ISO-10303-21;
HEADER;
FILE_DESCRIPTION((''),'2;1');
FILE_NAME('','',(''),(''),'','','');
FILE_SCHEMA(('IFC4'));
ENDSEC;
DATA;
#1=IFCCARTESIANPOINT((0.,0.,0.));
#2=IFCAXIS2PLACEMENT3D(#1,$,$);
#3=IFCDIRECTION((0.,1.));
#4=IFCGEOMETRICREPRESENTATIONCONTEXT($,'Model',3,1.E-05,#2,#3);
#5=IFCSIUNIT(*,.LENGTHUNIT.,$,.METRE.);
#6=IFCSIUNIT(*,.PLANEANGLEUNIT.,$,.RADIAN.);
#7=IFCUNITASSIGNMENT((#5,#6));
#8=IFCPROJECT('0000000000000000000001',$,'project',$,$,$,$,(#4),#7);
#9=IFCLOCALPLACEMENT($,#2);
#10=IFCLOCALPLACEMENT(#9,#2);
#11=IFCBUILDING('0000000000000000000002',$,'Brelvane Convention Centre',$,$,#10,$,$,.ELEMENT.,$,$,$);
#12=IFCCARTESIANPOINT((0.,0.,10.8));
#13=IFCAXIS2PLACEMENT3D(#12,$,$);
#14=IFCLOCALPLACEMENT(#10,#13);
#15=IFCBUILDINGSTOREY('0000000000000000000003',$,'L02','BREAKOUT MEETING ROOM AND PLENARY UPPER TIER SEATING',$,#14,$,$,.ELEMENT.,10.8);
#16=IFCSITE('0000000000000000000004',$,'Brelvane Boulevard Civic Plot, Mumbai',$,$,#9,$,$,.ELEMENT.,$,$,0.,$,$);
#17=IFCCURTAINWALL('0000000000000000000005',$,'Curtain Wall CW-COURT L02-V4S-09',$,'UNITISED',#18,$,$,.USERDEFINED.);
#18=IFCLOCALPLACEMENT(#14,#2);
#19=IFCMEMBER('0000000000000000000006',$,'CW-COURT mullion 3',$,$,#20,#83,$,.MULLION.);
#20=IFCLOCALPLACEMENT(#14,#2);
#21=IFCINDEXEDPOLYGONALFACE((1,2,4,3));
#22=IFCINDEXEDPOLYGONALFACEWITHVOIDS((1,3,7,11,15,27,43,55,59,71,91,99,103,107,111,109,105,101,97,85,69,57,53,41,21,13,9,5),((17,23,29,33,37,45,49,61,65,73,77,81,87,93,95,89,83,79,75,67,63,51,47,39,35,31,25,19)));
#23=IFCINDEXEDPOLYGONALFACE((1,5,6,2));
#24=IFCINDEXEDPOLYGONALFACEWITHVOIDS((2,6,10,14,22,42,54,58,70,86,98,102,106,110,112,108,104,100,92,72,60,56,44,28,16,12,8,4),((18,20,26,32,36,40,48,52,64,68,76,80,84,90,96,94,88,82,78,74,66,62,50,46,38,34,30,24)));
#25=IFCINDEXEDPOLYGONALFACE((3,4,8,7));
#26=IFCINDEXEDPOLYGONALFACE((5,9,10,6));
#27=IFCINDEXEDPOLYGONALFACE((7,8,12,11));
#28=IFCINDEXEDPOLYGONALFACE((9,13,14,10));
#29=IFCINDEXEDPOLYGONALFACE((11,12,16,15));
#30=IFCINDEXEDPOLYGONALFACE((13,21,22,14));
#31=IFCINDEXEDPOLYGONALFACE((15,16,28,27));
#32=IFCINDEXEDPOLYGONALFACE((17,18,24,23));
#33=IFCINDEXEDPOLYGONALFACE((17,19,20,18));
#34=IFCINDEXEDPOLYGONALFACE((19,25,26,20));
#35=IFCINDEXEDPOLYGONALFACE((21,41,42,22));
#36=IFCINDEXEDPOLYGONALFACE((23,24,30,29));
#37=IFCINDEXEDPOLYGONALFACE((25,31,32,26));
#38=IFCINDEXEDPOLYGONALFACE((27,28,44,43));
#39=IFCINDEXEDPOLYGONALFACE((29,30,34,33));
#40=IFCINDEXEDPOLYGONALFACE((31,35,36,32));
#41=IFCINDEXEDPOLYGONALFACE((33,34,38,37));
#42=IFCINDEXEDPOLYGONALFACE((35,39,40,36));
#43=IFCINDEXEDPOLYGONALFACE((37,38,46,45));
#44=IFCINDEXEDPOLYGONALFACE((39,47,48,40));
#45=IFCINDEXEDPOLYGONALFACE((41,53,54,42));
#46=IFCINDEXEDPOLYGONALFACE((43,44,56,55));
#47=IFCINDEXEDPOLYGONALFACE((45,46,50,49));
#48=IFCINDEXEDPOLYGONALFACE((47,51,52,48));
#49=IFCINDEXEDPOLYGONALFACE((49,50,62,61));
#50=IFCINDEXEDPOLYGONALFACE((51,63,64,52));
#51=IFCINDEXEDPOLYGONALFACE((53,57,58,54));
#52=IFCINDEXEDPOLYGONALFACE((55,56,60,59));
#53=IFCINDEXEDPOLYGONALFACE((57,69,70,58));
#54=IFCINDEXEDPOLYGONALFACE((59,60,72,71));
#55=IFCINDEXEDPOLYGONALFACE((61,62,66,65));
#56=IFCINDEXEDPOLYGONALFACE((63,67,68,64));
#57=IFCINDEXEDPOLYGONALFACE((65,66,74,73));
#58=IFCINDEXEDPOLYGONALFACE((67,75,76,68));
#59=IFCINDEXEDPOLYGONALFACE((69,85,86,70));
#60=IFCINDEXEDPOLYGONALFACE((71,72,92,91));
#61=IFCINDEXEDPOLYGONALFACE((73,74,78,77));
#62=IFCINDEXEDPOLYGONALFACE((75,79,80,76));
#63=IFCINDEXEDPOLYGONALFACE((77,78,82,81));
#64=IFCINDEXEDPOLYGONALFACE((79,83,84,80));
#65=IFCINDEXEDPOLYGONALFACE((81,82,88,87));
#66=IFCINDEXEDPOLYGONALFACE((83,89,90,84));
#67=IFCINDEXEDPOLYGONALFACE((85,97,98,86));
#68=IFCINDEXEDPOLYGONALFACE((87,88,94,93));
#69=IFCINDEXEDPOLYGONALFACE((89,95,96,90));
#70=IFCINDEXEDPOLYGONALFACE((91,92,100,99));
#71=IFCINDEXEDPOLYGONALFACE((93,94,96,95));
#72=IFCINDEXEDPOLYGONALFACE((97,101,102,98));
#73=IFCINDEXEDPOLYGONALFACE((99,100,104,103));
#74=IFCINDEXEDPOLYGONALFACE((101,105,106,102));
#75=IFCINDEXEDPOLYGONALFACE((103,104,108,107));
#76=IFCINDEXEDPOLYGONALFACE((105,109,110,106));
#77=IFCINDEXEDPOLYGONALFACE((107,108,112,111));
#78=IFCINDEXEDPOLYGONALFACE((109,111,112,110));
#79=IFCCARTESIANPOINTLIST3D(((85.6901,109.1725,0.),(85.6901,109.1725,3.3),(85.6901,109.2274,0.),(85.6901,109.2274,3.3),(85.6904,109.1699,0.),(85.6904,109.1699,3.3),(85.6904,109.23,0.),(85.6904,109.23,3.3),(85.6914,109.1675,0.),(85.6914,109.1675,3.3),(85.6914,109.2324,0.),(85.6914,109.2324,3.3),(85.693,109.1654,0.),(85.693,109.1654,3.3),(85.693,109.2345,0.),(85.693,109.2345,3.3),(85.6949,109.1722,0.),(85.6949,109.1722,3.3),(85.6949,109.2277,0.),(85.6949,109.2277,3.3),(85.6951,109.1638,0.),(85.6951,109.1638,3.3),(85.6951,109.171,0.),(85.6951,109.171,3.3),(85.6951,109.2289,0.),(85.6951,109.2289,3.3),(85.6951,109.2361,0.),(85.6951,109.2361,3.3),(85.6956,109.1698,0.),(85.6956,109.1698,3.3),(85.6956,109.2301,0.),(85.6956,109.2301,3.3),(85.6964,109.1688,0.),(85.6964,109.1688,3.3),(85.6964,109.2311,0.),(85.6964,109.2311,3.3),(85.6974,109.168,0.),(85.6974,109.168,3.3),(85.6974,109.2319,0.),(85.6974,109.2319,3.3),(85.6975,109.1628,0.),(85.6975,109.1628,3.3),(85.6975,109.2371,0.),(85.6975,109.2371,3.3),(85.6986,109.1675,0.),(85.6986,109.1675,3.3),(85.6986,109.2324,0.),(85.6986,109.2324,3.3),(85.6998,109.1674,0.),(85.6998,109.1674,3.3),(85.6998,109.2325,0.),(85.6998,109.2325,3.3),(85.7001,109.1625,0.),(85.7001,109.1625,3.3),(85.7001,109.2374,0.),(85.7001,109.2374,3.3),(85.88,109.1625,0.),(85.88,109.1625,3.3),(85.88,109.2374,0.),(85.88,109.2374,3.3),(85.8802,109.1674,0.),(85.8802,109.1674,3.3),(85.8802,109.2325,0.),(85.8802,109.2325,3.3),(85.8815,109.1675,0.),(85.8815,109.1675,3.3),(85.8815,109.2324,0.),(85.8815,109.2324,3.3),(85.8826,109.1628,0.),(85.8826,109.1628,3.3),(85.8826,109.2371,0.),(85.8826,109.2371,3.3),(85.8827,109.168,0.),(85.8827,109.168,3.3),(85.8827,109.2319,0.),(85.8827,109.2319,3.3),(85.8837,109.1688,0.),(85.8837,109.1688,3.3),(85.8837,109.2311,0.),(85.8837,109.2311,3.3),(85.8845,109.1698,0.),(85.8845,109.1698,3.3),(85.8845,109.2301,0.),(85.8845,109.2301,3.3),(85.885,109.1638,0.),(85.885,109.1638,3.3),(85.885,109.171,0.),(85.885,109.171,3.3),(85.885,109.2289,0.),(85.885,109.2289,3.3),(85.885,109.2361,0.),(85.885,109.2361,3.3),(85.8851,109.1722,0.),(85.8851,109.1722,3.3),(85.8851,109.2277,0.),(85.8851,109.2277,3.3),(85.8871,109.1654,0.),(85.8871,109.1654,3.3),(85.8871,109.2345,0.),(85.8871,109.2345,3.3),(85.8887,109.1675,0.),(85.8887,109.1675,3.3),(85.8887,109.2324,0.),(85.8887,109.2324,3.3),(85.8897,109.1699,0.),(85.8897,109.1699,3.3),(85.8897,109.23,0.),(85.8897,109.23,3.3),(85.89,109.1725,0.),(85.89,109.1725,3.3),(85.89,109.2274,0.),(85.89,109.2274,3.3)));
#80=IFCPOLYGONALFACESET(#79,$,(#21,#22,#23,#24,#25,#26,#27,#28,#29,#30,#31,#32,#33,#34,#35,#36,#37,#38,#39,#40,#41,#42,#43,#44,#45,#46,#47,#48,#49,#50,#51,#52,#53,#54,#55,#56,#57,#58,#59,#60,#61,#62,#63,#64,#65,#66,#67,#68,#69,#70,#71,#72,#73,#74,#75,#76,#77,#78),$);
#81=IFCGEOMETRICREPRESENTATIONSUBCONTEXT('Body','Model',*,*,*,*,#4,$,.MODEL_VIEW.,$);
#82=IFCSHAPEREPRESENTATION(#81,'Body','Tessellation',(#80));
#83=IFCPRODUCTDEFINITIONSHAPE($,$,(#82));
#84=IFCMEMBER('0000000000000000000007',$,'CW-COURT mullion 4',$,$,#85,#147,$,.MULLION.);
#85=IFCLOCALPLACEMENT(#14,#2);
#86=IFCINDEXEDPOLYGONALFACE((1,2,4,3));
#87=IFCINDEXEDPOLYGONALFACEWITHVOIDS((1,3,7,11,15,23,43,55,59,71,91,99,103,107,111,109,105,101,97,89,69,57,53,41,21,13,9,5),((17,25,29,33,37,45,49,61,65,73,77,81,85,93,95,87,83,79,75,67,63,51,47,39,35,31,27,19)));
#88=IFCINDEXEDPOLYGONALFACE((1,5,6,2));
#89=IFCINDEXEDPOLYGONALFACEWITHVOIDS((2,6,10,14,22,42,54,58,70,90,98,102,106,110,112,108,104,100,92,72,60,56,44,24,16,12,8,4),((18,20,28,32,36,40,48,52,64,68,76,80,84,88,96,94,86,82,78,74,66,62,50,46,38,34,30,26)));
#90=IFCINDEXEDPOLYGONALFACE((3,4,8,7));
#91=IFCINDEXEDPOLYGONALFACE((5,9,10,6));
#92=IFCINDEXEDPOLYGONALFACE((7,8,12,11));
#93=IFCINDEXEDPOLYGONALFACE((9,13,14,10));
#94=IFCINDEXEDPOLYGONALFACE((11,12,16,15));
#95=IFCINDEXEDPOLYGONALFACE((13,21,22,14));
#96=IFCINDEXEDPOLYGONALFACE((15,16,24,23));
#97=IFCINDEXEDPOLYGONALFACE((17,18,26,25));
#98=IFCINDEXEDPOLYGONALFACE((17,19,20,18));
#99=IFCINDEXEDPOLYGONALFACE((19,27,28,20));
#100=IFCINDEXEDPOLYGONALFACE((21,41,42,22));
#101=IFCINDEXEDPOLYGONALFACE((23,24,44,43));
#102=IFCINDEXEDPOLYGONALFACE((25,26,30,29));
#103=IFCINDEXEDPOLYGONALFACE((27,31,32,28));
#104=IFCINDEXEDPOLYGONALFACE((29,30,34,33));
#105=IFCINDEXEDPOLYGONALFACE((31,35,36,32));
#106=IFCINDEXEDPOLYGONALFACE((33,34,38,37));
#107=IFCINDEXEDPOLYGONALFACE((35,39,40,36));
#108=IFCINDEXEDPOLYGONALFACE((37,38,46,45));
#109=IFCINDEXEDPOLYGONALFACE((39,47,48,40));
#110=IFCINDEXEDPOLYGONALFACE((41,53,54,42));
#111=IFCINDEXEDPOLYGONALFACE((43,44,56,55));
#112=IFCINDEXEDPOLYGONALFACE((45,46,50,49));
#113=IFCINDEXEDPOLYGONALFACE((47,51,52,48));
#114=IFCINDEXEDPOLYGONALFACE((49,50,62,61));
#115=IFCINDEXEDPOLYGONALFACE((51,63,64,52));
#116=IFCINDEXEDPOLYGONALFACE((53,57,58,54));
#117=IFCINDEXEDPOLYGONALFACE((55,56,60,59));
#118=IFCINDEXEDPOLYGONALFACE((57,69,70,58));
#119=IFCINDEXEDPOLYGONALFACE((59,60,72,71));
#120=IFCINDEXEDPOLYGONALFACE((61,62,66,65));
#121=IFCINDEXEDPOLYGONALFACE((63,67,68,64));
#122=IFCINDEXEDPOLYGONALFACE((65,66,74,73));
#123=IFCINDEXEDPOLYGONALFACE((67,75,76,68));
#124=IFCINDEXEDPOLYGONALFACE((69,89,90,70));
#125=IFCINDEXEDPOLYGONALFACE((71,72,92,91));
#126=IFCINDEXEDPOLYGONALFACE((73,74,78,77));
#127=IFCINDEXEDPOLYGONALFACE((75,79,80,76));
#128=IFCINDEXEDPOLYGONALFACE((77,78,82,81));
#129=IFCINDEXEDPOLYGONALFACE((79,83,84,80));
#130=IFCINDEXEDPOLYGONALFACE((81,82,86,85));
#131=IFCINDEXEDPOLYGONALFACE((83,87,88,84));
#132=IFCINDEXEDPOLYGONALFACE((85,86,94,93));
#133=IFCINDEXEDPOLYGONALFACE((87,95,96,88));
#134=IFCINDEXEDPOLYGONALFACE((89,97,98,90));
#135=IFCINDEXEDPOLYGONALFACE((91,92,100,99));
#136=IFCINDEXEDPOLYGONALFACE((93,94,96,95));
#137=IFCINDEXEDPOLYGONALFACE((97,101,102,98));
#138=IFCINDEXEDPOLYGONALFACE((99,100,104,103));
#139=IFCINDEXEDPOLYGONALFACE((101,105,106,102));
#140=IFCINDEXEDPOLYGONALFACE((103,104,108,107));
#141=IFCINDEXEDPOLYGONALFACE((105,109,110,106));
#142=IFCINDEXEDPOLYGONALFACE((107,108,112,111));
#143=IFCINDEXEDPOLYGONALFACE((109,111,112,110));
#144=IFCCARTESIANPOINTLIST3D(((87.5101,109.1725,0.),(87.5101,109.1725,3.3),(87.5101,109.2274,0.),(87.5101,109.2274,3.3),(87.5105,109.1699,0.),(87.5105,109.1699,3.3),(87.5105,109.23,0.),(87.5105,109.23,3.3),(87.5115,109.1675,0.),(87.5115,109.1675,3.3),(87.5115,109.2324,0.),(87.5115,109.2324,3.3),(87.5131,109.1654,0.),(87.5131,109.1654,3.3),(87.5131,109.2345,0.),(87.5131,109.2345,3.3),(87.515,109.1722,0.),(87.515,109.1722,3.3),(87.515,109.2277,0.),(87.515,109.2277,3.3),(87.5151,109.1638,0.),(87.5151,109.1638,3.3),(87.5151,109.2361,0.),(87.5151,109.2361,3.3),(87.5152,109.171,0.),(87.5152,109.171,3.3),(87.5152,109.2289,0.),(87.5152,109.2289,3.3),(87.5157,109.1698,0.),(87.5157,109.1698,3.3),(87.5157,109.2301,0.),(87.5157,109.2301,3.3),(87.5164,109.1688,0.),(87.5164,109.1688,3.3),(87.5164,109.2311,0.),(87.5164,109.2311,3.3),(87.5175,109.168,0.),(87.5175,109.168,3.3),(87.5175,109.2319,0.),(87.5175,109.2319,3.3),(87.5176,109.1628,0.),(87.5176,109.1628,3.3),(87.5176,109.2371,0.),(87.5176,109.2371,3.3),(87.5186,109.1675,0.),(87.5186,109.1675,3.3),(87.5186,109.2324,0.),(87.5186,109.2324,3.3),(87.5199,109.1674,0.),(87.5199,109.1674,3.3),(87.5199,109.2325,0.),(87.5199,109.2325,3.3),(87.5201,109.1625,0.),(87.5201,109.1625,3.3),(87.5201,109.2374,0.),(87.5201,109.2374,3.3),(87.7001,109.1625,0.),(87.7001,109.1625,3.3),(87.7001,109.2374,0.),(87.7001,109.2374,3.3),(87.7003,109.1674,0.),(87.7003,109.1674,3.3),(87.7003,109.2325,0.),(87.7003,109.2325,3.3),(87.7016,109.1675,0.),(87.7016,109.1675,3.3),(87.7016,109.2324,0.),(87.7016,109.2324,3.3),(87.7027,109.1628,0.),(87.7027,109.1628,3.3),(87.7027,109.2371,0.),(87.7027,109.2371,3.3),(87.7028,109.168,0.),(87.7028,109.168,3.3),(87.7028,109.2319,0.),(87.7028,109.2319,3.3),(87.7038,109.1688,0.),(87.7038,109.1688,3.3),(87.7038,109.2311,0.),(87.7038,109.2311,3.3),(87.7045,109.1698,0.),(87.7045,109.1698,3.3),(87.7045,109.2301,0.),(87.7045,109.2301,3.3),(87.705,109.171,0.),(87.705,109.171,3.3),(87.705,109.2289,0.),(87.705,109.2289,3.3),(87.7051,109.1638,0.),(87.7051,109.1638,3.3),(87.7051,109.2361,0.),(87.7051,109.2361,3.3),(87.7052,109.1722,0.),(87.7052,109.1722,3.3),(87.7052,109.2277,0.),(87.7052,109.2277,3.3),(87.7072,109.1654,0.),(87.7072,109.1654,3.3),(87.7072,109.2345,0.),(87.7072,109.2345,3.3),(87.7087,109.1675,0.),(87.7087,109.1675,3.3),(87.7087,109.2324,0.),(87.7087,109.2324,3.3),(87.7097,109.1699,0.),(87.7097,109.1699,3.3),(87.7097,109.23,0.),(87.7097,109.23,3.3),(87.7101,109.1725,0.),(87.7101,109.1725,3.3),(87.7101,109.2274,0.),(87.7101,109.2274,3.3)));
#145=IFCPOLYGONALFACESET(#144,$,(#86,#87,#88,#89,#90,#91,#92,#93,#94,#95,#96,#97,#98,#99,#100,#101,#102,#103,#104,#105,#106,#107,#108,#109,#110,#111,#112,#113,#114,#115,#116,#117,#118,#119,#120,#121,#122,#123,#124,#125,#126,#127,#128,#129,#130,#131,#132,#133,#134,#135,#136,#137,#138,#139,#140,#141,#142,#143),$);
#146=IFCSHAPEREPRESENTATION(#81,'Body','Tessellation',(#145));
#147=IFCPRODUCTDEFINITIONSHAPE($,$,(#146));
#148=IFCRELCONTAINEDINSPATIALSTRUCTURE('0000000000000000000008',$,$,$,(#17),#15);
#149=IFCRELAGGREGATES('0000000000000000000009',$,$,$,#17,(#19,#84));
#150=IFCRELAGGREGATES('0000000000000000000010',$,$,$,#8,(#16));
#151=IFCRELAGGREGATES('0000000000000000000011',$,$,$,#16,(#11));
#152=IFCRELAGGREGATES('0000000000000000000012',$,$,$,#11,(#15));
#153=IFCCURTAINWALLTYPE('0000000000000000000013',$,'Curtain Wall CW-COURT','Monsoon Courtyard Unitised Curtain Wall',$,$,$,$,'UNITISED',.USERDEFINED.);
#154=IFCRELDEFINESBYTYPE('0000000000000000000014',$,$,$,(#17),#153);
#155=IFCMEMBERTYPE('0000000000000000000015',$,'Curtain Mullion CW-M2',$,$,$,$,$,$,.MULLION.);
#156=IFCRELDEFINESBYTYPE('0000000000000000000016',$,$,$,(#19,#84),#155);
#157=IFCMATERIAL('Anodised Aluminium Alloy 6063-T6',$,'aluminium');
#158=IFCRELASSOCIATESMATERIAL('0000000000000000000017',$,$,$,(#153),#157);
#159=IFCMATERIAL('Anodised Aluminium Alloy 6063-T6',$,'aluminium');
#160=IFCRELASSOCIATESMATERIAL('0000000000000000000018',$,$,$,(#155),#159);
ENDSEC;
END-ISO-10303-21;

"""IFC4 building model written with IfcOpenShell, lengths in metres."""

from ifc_helpers import new_model, si_unit, direction, frame, origin, origin_2d, place, context, subcontext, project, spatial, hollow_rectangle, extrude, material, material_profile, profile_set, type_object, element, aggregate, save


model = new_model("IFC4")

# Units and contexts
model_context = context("Model", 3, precision=1e-05, world=origin(), true_north=direction((0.0, 1.0)))
body_context = subcontext(model_context, "Body", "Model", "MODEL_VIEW")
ifc_project = project(units=[si_unit("LENGTHUNIT", "METRE"), si_unit("PLANEANGLEUNIT", "RADIAN")], contexts=[model_context])

# Site, building, storey
site_placement = place(None, origin())
site = spatial("IfcSite", under=ifc_project, at=site_placement, Name="Brelvane Boulevard Civic Plot, Mumbai", CompositionType="ELEMENT", RefElevation=0.0)
building_placement = place(site_placement, origin())
building = spatial("IfcBuilding", under=site, at=building_placement, Name="Brelvane Convention Centre", CompositionType="ELEMENT")
storey_placement = place(building_placement, frame((0.0, 0.0, 10.8)))
storey = spatial("IfcBuildingStorey", under=building, at=storey_placement, Name="L02", Description="BREAKOUT MEETING ROOM AND PLENARY UPPER TIER SEATING", CompositionType="ELEMENT", Elevation=10.8)

# Curtain wall, members
ifc_material_1 = material(Name="Anodised Aluminium Alloy 6063-T6", Category="aluminium")
curtain_wall_type = type_object("IfcCurtainWallType", Name="Curtain Wall CW-COURT", Description="Monsoon Courtyard Unitised Curtain Wall", ElementType="UNITISED", PredefinedType="USERDEFINED", material=ifc_material_1)
curtain_wall_placement = place(storey_placement, origin())
curtain_wall = element("IfcCurtainWall", 1, at=curtain_wall_placement, inside=storey, type_object=curtain_wall_type, Name="Curtain Wall CW-COURT L02-V4S-09", ObjectType="UNITISED", PredefinedType="USERDEFINED")
ifc_material_2 = material(Name="Anodised Aluminium Alloy 6063-T6", Category="aluminium")
ifc_material_profile_1 = material_profile(ifc_material_2, hollow_rectangle(XDim=0.075, YDim=0.2, WallThickness=0.0049, InnerFilletRadius=0.0049, OuterFilletRadius=0.01, at=origin_2d()), Name="ALU-M 200x75x5.0")
ifc_profile_set_1 = profile_set([ifc_material_profile_1], Name="Anodised Aluminium Alloy 6063-T6")
member_type_1 = type_object("IfcMemberType", Name="Curtain Mullion CW-M2", PredefinedType="MULLION", material=ifc_profile_set_1)
member_1_placement = place(storey_placement, frame((85.79, 109.2, 0.0), z_axis=(0.0, 0.0, 1.0), x_axis=(0.0, 1.0, 0.0)))
member_1 = element("IfcMember", 2, at=member_1_placement, type_object=member_type_1, Name="CW-COURT mullion 3", PredefinedType="MULLION", context=body_context, shape_type="SweptSolid", body=[
    extrude(hollow_rectangle(XDim=0.075, YDim=0.2, WallThickness=0.0049, InnerFilletRadius=0.0049, OuterFilletRadius=0.01, at=origin_2d()), origin(), (0.0, 0.0, 1.0), 3.3),
])
member_2_placement = place(storey_placement, frame((87.6101, 109.2, 0.0), z_axis=(0.0, 0.0, 1.0), x_axis=(0.0, 1.0, 0.0)))
member_2 = element("IfcMember", 3, at=member_2_placement, type_object=member_type_1, Name="CW-COURT mullion 4", PredefinedType="MULLION", context=body_context, shape_type="SweptSolid", body=[
    extrude(hollow_rectangle(XDim=0.075, YDim=0.2, WallThickness=0.0049, InnerFilletRadius=0.0049, OuterFilletRadius=0.01, at=origin_2d()), origin(), (0.0, 0.0, 1.0), 3.3),
])

aggregate(curtain_wall, [member_1, member_2])

save(model, "model.ifc")
